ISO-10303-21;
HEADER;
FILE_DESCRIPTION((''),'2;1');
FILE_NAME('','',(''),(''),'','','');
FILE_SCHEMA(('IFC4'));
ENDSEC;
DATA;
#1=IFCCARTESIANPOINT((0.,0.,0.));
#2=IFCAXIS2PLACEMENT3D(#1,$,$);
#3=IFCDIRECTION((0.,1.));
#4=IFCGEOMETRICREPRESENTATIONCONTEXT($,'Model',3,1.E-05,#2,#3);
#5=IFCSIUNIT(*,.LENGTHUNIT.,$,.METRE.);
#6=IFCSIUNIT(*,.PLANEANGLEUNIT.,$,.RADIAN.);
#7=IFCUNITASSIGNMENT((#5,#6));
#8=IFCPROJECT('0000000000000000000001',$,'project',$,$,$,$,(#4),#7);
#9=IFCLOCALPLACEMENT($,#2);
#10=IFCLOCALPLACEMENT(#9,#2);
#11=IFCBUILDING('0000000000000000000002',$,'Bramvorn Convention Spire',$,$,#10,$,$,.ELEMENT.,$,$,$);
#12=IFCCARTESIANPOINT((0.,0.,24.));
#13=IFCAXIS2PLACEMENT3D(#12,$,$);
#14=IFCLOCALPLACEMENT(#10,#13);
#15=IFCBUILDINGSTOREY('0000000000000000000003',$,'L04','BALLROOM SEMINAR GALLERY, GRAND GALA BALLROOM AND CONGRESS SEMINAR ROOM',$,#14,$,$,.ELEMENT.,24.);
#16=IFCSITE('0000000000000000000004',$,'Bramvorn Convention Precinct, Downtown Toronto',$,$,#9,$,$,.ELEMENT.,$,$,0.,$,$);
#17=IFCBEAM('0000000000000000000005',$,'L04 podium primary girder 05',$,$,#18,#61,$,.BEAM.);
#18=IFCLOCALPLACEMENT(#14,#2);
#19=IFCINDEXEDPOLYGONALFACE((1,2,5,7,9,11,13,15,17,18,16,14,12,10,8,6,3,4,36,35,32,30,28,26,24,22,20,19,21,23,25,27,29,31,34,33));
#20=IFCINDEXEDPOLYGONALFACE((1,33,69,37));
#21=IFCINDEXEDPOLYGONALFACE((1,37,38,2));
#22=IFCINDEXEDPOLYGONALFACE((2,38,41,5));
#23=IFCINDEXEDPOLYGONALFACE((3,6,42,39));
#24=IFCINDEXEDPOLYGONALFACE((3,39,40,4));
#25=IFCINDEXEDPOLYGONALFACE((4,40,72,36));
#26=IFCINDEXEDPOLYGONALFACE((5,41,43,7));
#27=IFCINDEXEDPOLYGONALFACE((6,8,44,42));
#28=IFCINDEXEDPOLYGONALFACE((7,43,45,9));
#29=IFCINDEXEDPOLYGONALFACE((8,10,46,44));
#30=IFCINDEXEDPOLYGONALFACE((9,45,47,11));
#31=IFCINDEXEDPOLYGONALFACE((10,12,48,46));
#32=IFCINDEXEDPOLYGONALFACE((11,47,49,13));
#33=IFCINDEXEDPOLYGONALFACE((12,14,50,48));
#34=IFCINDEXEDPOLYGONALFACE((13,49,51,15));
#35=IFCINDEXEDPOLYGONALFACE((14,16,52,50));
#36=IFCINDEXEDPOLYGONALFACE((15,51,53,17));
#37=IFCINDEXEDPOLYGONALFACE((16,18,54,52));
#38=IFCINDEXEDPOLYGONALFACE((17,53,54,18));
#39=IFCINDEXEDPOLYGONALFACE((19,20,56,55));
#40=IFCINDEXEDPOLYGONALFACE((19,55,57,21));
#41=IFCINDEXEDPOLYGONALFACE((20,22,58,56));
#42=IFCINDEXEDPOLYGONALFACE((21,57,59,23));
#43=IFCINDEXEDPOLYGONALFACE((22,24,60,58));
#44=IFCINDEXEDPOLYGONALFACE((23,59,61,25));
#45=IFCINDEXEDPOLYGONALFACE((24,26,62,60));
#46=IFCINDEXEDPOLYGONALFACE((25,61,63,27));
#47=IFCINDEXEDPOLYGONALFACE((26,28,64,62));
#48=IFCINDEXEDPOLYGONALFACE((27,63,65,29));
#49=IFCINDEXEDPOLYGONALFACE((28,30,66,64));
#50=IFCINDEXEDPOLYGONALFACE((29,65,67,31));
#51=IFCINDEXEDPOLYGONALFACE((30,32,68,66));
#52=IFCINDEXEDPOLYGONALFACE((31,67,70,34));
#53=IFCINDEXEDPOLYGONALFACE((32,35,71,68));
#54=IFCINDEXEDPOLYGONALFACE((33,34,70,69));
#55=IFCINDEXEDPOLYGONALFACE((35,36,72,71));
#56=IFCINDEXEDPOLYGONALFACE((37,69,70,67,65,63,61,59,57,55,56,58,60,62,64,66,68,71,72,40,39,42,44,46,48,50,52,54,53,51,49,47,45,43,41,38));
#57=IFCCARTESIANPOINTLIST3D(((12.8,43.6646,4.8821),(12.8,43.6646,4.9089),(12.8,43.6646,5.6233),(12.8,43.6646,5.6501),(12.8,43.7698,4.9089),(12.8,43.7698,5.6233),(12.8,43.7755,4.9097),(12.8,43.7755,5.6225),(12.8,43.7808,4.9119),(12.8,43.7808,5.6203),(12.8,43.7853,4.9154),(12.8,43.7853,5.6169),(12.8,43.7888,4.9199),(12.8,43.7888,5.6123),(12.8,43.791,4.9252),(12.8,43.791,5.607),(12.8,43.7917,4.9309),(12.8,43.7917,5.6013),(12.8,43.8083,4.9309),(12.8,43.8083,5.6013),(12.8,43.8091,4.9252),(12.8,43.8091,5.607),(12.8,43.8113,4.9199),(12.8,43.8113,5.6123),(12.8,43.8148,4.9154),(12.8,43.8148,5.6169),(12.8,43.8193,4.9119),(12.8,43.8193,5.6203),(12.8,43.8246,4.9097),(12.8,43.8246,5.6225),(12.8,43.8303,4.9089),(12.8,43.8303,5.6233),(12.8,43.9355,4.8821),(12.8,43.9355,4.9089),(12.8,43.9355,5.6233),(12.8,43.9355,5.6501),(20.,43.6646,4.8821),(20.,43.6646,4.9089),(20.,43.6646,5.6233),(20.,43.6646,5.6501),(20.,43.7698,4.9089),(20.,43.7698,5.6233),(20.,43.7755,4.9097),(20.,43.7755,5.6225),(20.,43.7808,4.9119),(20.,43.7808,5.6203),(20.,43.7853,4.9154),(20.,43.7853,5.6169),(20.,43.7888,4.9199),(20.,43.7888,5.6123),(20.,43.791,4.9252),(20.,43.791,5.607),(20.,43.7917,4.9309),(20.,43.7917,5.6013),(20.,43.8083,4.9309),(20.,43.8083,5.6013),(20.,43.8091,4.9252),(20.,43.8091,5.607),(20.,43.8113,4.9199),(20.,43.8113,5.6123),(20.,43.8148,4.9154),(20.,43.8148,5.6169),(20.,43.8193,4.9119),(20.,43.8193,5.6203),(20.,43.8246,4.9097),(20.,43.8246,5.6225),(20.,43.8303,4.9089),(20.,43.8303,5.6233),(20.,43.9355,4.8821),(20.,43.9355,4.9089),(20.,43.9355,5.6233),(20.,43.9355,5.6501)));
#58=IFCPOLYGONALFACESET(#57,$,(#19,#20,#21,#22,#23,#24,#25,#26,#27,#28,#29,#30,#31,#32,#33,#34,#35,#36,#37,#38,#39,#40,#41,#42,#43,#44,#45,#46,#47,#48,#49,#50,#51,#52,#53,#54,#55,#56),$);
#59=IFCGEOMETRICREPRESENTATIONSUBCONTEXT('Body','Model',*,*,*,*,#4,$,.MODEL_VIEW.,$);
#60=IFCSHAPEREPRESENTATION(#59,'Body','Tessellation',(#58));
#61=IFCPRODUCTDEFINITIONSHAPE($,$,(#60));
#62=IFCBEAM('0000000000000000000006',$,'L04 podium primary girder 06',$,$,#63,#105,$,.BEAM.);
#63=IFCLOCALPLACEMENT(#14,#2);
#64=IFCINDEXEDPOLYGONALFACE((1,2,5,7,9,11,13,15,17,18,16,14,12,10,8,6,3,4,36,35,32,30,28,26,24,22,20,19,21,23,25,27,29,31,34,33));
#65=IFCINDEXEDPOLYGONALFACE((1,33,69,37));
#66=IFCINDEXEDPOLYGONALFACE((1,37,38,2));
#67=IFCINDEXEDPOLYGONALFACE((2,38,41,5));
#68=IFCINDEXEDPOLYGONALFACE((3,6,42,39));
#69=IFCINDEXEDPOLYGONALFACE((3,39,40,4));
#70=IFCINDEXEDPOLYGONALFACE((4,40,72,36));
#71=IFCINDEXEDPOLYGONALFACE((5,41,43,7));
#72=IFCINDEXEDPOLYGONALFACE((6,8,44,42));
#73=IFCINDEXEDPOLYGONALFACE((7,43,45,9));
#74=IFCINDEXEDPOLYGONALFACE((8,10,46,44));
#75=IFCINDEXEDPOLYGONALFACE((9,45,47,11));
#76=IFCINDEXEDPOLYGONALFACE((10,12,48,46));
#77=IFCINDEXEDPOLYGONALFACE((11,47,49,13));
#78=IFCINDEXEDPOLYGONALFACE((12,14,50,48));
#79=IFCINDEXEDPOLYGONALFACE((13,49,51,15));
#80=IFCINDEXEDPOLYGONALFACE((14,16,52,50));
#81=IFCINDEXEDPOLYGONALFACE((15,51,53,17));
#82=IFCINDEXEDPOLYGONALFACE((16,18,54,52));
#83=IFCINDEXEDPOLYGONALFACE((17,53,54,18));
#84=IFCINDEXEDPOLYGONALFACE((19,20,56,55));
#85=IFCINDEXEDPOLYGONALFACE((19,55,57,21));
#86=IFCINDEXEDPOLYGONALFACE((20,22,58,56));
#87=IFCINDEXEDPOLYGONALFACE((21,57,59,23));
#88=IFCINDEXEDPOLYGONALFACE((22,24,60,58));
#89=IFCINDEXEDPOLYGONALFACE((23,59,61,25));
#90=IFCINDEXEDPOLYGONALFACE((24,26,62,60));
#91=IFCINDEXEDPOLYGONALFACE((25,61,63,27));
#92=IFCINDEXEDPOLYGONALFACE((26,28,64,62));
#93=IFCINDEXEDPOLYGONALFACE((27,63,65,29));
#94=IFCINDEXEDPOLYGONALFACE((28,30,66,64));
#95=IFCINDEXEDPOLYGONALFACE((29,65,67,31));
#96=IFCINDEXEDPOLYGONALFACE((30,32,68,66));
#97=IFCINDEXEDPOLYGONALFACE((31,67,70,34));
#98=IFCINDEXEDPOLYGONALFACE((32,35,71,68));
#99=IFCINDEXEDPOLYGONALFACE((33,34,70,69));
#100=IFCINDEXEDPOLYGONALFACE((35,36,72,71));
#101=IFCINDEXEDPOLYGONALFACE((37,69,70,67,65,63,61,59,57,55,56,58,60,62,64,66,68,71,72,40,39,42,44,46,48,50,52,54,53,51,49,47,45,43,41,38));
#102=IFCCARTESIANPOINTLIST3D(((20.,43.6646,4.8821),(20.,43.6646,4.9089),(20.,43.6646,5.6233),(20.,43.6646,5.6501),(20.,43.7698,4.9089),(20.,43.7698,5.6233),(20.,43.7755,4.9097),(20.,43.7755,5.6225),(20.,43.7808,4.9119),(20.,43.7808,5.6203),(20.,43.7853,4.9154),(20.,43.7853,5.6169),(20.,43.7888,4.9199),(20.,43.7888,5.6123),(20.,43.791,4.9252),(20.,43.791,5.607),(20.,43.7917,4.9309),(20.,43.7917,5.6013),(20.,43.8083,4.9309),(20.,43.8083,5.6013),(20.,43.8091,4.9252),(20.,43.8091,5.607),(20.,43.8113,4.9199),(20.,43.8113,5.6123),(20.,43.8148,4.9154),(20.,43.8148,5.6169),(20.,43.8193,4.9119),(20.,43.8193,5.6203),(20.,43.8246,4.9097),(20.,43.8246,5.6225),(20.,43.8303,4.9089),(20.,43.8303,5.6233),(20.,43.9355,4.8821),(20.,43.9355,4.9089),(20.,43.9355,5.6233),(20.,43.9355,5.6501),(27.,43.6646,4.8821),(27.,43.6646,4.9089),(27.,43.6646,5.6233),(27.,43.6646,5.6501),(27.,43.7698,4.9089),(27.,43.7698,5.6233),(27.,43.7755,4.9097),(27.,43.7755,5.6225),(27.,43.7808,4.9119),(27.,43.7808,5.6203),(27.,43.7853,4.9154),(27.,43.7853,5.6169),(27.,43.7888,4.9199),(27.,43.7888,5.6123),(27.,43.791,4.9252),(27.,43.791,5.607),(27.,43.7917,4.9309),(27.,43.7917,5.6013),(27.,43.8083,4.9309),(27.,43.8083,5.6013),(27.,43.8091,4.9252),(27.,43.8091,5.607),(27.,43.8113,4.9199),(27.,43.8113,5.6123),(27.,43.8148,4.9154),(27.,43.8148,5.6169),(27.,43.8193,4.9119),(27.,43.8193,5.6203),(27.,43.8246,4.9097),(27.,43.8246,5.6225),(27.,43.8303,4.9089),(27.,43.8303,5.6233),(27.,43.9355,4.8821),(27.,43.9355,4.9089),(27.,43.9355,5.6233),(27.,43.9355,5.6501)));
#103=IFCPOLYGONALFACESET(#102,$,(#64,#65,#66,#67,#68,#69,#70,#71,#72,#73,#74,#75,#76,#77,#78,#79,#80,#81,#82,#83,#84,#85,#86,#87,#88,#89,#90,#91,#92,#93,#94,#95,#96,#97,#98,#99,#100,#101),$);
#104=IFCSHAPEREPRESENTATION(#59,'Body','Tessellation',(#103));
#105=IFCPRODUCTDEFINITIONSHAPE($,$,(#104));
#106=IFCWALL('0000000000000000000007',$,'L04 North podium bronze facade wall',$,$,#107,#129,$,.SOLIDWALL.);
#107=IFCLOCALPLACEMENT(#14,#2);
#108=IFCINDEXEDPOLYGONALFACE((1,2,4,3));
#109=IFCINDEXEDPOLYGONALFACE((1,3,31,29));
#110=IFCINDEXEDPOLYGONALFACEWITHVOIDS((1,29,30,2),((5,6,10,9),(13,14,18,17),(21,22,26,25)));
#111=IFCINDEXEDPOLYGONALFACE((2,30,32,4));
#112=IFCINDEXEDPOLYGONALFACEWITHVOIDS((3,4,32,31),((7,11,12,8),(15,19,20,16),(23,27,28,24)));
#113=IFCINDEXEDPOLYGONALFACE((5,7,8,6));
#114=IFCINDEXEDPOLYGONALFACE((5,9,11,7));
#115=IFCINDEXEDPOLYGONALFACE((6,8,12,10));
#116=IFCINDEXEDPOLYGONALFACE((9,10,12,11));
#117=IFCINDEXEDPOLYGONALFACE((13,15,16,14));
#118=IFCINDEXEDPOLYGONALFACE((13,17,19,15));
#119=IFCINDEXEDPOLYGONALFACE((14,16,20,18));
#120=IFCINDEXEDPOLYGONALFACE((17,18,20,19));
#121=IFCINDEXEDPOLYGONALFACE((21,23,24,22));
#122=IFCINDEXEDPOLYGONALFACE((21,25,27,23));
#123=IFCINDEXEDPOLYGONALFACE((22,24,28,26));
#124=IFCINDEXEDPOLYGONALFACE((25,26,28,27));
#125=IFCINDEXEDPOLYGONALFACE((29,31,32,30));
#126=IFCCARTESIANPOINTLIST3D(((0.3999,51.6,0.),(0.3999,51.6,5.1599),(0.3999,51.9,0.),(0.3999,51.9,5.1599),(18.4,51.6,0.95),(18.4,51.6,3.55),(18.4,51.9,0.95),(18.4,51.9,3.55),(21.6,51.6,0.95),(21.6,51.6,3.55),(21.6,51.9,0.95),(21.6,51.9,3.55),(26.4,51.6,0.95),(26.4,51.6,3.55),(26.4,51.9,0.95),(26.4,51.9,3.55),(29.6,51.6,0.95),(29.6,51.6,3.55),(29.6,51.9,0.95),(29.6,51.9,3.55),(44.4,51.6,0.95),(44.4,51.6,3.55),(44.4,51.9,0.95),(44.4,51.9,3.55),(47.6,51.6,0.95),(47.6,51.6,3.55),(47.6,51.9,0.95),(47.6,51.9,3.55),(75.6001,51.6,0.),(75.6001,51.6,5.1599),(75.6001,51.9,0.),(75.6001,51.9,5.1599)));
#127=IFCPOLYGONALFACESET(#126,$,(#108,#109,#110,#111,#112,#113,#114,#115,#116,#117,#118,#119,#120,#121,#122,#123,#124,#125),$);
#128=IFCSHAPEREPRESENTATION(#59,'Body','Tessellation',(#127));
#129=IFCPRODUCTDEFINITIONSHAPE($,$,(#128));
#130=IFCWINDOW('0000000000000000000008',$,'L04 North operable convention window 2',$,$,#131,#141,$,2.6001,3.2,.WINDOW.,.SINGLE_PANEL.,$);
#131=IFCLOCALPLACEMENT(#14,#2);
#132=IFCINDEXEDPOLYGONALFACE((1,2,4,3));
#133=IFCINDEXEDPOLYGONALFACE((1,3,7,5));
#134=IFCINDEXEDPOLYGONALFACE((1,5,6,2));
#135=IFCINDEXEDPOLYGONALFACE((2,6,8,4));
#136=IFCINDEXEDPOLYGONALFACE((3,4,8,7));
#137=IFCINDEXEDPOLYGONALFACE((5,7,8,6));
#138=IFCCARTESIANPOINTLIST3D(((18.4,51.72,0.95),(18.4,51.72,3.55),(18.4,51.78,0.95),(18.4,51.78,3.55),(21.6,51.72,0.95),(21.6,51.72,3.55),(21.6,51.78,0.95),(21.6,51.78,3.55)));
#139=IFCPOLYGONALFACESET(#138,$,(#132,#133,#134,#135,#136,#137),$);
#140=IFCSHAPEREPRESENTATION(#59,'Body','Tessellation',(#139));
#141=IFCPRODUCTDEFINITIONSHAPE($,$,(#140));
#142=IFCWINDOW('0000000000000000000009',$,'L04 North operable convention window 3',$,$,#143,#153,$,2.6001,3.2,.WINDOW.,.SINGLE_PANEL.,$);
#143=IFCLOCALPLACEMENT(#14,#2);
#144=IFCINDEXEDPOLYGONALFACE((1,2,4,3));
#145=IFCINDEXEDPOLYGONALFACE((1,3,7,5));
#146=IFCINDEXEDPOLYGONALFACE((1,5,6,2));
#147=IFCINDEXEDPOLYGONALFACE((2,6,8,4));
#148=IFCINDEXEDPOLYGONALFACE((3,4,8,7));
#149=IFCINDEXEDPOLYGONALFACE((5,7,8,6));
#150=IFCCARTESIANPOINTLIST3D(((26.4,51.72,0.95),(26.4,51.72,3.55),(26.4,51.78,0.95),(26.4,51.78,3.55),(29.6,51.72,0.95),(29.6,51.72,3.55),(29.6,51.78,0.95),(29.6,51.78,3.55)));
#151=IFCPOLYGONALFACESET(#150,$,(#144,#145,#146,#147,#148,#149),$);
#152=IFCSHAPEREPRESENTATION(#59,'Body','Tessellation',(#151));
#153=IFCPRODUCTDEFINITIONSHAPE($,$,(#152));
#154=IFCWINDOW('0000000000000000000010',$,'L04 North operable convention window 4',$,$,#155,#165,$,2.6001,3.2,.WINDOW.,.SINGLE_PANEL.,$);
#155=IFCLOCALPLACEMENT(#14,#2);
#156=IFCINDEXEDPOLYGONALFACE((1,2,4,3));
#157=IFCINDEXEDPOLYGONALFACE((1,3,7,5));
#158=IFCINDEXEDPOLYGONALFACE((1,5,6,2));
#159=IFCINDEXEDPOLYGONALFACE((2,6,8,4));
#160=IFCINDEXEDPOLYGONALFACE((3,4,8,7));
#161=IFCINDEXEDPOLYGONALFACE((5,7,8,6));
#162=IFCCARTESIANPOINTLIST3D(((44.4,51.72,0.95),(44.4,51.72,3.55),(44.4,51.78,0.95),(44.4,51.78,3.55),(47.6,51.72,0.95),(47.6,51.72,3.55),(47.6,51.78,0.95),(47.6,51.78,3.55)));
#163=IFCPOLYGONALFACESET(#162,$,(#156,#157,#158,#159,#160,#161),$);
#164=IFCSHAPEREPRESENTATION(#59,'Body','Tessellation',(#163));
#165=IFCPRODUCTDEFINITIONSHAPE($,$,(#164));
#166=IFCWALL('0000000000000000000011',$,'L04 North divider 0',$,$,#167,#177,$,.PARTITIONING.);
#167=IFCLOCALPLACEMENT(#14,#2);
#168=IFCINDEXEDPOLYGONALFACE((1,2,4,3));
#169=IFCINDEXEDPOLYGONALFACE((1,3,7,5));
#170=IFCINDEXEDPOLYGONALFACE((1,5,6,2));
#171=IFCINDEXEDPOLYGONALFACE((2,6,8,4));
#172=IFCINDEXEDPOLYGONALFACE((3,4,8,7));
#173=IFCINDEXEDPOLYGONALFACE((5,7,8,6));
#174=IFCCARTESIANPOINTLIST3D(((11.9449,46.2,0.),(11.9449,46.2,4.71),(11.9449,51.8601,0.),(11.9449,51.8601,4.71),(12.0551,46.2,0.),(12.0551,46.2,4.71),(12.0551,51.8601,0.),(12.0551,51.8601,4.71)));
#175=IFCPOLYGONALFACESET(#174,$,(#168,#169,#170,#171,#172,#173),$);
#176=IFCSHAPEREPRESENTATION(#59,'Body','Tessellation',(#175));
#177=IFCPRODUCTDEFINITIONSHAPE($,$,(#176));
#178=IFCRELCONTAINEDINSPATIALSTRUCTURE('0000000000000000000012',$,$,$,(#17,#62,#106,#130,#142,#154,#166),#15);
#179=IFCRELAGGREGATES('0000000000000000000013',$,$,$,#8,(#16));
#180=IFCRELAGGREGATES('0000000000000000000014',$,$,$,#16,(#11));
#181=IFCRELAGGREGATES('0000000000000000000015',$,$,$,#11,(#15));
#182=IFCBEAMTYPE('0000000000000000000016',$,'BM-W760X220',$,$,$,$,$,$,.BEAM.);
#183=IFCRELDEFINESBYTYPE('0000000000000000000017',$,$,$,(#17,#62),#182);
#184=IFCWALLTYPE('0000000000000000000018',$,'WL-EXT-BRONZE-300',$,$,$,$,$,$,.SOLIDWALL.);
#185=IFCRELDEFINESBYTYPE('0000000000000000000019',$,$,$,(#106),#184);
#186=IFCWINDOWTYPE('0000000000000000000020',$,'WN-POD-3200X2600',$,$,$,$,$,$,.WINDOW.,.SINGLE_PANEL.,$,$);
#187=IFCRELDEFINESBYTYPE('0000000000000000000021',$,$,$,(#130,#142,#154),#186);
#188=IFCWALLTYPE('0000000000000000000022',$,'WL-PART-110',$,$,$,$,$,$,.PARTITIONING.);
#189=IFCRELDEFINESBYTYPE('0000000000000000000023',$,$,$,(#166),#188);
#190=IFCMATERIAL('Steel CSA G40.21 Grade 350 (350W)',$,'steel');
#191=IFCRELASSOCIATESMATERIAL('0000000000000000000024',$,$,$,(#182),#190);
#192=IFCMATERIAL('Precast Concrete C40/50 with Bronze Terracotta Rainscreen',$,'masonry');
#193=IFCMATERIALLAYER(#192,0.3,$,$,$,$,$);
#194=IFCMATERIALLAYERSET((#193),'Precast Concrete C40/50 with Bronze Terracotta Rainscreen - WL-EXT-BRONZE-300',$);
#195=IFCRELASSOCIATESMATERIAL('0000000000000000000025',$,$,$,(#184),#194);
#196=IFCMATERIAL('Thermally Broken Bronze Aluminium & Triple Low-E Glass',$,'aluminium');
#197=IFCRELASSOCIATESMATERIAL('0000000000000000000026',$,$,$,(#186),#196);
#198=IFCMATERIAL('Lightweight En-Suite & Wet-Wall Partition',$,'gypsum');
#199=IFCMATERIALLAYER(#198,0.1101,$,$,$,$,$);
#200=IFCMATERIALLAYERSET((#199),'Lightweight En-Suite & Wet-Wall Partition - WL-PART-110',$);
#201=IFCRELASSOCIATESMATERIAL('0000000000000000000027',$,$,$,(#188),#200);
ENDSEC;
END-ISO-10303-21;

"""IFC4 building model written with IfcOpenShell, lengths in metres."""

from ifc_helpers import new_model, si_unit, direction, frame, frame_2d, origin, origin_2d, place, context, subcontext, project, spatial, rectangle, i_section, extrude, material, layer, layer_set, material_profile, profile_set, type_object, element, fill, save


model = new_model("IFC4")

# Units and contexts
model_context = context("Model", 3, precision=1e-05, world=origin(), true_north=direction((0.0, 1.0)))
body_context = subcontext(model_context, "Body", "Model", "MODEL_VIEW")
ifc_project = project(units=[si_unit("LENGTHUNIT", "METRE"), si_unit("PLANEANGLEUNIT", "RADIAN")], contexts=[model_context])

# Site, building, storey
site_placement = place(None, origin())
site = spatial("IfcSite", under=ifc_project, at=site_placement, Name="Bramvorn Convention Precinct, Downtown Toronto", CompositionType="ELEMENT", RefElevation=0.0)
building_placement = place(site_placement, origin())
building = spatial("IfcBuilding", under=site, at=building_placement, Name="Bramvorn Convention Spire", CompositionType="ELEMENT")
storey_placement = place(building_placement, frame((0.0, 0.0, 24.0)))
storey = spatial("IfcBuildingStorey", under=building, at=storey_placement, Name="L04", Description="BALLROOM SEMINAR GALLERY, GRAND GALA BALLROOM AND CONGRESS SEMINAR ROOM", CompositionType="ELEMENT", Elevation=24.0)

# Shared definitions
ifc_material_1 = material(Name="Steel CSA G40.21 Grade 350 (350W)", Category="steel")

# Beams
ifc_material_profile_1 = material_profile(ifc_material_1, i_section(OverallWidth=0.271, OverallDepth=0.7681, WebThickness=0.0166, FlangeThickness=0.0269, FilletRadius=0.022, at=origin_2d()))
ifc_profile_set_1 = profile_set([ifc_material_profile_1], Name="Steel CSA G40.21 Grade 350 (350W) - W760X220")
beam_type_1 = type_object("IfcBeamType", Name="BM-W760X220", PredefinedType="BEAM", material=ifc_profile_set_1)
beam_1_placement = place(storey_placement, frame((12.8, 43.8, 5.2661), z_axis=(1.0, 0.0, 0.0), x_axis=(0.0, 1.0, 0.0)))
element("IfcBeam", 1, at=beam_1_placement, inside=storey, type_object=beam_type_1, Name="L04 podium primary girder 05", PredefinedType="BEAM", context=body_context, shape_type="SweptSolid", body=[
    extrude(i_section(OverallWidth=0.271, OverallDepth=0.7681, WebThickness=0.0166, FlangeThickness=0.0269, FilletRadius=0.022, at=origin_2d()), origin(), (0.0, 0.0, 1.0), 7.2),
])
beam_2_placement = place(storey_placement, frame((20.0, 43.8, 5.2661), z_axis=(1.0, 0.0, 0.0), x_axis=(0.0, 1.0, 0.0)))
element("IfcBeam", 2, at=beam_2_placement, inside=storey, type_object=beam_type_1, Name="L04 podium primary girder 06", PredefinedType="BEAM", context=body_context, shape_type="SweptSolid", body=[
    extrude(i_section(OverallWidth=0.271, OverallDepth=0.7681, WebThickness=0.0166, FlangeThickness=0.0269, FilletRadius=0.022, at=origin_2d()), origin(), (0.0, 0.0, 1.0), 7.0),
])

# Wall, openings, windows
ifc_material_2 = material(Name="Precast Concrete C40/50 with Bronze Terracotta Rainscreen", Category="masonry")
ifc_layer_1 = layer(ifc_material_2, 0.3)
ifc_layer_set_1 = layer_set([ifc_layer_1], Name="Precast Concrete C40/50 with Bronze Terracotta Rainscreen - WL-EXT-BRONZE-300")
wall_type_1 = type_object("IfcWallType", Name="WL-EXT-BRONZE-300", PredefinedType="SOLIDWALL", material=ifc_layer_set_1)
wall_1_placement = place(storey_placement, frame((0.3999, 51.75, 0.0), z_axis=(0.0, 0.0, 1.0), x_axis=(1.0, 0.0, 0.0)))
wall_1 = element("IfcWall", 3, at=wall_1_placement, inside=storey, type_object=wall_type_1, Name="L04 North podium bronze facade wall", PredefinedType="SOLIDWALL", context=body_context, shape_type="SweptSolid", body=[
    extrude(rectangle(XDim=75.2002, YDim=0.3, at=frame_2d((37.6001, 0.0))), origin(), (0.0, 0.0, 1.0), 5.1599),
])
opening_1_placement = place(wall_1_placement, frame((18.0, 0.0, 0.95)))
opening_1 = element("IfcOpeningElement", 4, at=opening_1_placement, cuts=wall_1, PredefinedType="OPENING", context=body_context, shape_type="SweptSolid", body=[
    extrude(rectangle(XDim=3.2, YDim=2.6001, at=frame_2d((1.6001, 1.3))), frame((0.0, 0.1599, 0.0), z_axis=(0.0, -1.0, 0.0), x_axis=(1.0, 0.0, 0.0)), (0.0, 0.0, 1.0), 0.3201),
])
opening_2_placement = place(wall_1_placement, frame((26.0, 0.0, 0.95)))
opening_2 = element("IfcOpeningElement", 5, at=opening_2_placement, cuts=wall_1, PredefinedType="OPENING", context=body_context, shape_type="SweptSolid", body=[
    extrude(rectangle(XDim=3.2, YDim=2.6001, at=frame_2d((1.6001, 1.3))), frame((0.0, 0.1599, 0.0), z_axis=(0.0, -1.0, 0.0), x_axis=(1.0, 0.0, 0.0)), (0.0, 0.0, 1.0), 0.3201),
])
opening_3_placement = place(wall_1_placement, frame((44.0, 0.0, 0.95)))
opening_3 = element("IfcOpeningElement", 6, at=opening_3_placement, cuts=wall_1, PredefinedType="OPENING", context=body_context, shape_type="SweptSolid", body=[
    extrude(rectangle(XDim=3.2, YDim=2.6001, at=frame_2d((1.6001, 1.3))), frame((0.0, 0.1599, 0.0), z_axis=(0.0, -1.0, 0.0), x_axis=(1.0, 0.0, 0.0)), (0.0, 0.0, 1.0), 0.3201),
])
ifc_material_3 = material(Name="Thermally Broken Bronze Aluminium & Triple Low-E Glass", Category="aluminium")
window_type = type_object("IfcWindowType", Name="WN-POD-3200X2600", PartitioningType="SINGLE_PANEL", PredefinedType="WINDOW", material=ifc_material_3)
window_1_placement = place(opening_1_placement, origin())
window_1 = element("IfcWindow", 7, at=window_1_placement, inside=storey, type_object=window_type, Name="L04 North operable convention window 2", OverallHeight=2.6001, OverallWidth=3.2, PartitioningType="SINGLE_PANEL", PredefinedType="WINDOW", context=body_context, shape_type="SweptSolid", body=[
    extrude(rectangle(XDim=3.2, YDim=2.6001, at=frame_2d((1.6001, 1.3))), frame((0.0, 0.03, 0.0), z_axis=(0.0, -1.0, 0.0), x_axis=(1.0, 0.0, 0.0)), (0.0, 0.0, 1.0), 0.0601),
])
fill(opening_1, window_1)
window_2_placement = place(opening_2_placement, origin())
window_2 = element("IfcWindow", 8, at=window_2_placement, inside=storey, type_object=window_type, Name="L04 North operable convention window 3", OverallHeight=2.6001, OverallWidth=3.2, PartitioningType="SINGLE_PANEL", PredefinedType="WINDOW", context=body_context, shape_type="SweptSolid", body=[
    extrude(rectangle(XDim=3.2, YDim=2.6001, at=frame_2d((1.6001, 1.3))), frame((0.0, 0.03, 0.0), z_axis=(0.0, -1.0, 0.0), x_axis=(1.0, 0.0, 0.0)), (0.0, 0.0, 1.0), 0.0601),
])
fill(opening_2, window_2)
window_3_placement = place(opening_3_placement, origin())
window_3 = element("IfcWindow", 9, at=window_3_placement, inside=storey, type_object=window_type, Name="L04 North operable convention window 4", OverallHeight=2.6001, OverallWidth=3.2, PartitioningType="SINGLE_PANEL", PredefinedType="WINDOW", context=body_context, shape_type="SweptSolid", body=[
    extrude(rectangle(XDim=3.2, YDim=2.6001, at=frame_2d((1.6001, 1.3))), frame((0.0, 0.03, 0.0), z_axis=(0.0, -1.0, 0.0), x_axis=(1.0, 0.0, 0.0)), (0.0, 0.0, 1.0), 0.0601),
])
fill(opening_3, window_3)

# Wall
ifc_material_4 = material(Name="Lightweight En-Suite & Wet-Wall Partition", Category="gypsum")
ifc_layer_2 = layer(ifc_material_4, 0.1101)
ifc_layer_set_2 = layer_set([ifc_layer_2], Name="Lightweight En-Suite & Wet-Wall Partition - WL-PART-110")
wall_type_2 = type_object("IfcWallType", Name="WL-PART-110", PredefinedType="PARTITIONING", material=ifc_layer_set_2)
wall_2_placement = place(storey_placement, frame((12.0, 46.2, 0.0), z_axis=(0.0, 0.0, 1.0), x_axis=(0.0, 1.0, 0.0)))
element("IfcWall", 10, at=wall_2_placement, inside=storey, type_object=wall_type_2, Name="L04 North divider 0", PredefinedType="PARTITIONING", context=body_context, shape_type="SweptSolid", body=[
    extrude(rectangle(XDim=5.6602, YDim=0.1101, at=frame_2d((2.8301, 0.0))), origin(), (0.0, 0.0, 1.0), 4.71),
])

save(model, "model.ifc")
